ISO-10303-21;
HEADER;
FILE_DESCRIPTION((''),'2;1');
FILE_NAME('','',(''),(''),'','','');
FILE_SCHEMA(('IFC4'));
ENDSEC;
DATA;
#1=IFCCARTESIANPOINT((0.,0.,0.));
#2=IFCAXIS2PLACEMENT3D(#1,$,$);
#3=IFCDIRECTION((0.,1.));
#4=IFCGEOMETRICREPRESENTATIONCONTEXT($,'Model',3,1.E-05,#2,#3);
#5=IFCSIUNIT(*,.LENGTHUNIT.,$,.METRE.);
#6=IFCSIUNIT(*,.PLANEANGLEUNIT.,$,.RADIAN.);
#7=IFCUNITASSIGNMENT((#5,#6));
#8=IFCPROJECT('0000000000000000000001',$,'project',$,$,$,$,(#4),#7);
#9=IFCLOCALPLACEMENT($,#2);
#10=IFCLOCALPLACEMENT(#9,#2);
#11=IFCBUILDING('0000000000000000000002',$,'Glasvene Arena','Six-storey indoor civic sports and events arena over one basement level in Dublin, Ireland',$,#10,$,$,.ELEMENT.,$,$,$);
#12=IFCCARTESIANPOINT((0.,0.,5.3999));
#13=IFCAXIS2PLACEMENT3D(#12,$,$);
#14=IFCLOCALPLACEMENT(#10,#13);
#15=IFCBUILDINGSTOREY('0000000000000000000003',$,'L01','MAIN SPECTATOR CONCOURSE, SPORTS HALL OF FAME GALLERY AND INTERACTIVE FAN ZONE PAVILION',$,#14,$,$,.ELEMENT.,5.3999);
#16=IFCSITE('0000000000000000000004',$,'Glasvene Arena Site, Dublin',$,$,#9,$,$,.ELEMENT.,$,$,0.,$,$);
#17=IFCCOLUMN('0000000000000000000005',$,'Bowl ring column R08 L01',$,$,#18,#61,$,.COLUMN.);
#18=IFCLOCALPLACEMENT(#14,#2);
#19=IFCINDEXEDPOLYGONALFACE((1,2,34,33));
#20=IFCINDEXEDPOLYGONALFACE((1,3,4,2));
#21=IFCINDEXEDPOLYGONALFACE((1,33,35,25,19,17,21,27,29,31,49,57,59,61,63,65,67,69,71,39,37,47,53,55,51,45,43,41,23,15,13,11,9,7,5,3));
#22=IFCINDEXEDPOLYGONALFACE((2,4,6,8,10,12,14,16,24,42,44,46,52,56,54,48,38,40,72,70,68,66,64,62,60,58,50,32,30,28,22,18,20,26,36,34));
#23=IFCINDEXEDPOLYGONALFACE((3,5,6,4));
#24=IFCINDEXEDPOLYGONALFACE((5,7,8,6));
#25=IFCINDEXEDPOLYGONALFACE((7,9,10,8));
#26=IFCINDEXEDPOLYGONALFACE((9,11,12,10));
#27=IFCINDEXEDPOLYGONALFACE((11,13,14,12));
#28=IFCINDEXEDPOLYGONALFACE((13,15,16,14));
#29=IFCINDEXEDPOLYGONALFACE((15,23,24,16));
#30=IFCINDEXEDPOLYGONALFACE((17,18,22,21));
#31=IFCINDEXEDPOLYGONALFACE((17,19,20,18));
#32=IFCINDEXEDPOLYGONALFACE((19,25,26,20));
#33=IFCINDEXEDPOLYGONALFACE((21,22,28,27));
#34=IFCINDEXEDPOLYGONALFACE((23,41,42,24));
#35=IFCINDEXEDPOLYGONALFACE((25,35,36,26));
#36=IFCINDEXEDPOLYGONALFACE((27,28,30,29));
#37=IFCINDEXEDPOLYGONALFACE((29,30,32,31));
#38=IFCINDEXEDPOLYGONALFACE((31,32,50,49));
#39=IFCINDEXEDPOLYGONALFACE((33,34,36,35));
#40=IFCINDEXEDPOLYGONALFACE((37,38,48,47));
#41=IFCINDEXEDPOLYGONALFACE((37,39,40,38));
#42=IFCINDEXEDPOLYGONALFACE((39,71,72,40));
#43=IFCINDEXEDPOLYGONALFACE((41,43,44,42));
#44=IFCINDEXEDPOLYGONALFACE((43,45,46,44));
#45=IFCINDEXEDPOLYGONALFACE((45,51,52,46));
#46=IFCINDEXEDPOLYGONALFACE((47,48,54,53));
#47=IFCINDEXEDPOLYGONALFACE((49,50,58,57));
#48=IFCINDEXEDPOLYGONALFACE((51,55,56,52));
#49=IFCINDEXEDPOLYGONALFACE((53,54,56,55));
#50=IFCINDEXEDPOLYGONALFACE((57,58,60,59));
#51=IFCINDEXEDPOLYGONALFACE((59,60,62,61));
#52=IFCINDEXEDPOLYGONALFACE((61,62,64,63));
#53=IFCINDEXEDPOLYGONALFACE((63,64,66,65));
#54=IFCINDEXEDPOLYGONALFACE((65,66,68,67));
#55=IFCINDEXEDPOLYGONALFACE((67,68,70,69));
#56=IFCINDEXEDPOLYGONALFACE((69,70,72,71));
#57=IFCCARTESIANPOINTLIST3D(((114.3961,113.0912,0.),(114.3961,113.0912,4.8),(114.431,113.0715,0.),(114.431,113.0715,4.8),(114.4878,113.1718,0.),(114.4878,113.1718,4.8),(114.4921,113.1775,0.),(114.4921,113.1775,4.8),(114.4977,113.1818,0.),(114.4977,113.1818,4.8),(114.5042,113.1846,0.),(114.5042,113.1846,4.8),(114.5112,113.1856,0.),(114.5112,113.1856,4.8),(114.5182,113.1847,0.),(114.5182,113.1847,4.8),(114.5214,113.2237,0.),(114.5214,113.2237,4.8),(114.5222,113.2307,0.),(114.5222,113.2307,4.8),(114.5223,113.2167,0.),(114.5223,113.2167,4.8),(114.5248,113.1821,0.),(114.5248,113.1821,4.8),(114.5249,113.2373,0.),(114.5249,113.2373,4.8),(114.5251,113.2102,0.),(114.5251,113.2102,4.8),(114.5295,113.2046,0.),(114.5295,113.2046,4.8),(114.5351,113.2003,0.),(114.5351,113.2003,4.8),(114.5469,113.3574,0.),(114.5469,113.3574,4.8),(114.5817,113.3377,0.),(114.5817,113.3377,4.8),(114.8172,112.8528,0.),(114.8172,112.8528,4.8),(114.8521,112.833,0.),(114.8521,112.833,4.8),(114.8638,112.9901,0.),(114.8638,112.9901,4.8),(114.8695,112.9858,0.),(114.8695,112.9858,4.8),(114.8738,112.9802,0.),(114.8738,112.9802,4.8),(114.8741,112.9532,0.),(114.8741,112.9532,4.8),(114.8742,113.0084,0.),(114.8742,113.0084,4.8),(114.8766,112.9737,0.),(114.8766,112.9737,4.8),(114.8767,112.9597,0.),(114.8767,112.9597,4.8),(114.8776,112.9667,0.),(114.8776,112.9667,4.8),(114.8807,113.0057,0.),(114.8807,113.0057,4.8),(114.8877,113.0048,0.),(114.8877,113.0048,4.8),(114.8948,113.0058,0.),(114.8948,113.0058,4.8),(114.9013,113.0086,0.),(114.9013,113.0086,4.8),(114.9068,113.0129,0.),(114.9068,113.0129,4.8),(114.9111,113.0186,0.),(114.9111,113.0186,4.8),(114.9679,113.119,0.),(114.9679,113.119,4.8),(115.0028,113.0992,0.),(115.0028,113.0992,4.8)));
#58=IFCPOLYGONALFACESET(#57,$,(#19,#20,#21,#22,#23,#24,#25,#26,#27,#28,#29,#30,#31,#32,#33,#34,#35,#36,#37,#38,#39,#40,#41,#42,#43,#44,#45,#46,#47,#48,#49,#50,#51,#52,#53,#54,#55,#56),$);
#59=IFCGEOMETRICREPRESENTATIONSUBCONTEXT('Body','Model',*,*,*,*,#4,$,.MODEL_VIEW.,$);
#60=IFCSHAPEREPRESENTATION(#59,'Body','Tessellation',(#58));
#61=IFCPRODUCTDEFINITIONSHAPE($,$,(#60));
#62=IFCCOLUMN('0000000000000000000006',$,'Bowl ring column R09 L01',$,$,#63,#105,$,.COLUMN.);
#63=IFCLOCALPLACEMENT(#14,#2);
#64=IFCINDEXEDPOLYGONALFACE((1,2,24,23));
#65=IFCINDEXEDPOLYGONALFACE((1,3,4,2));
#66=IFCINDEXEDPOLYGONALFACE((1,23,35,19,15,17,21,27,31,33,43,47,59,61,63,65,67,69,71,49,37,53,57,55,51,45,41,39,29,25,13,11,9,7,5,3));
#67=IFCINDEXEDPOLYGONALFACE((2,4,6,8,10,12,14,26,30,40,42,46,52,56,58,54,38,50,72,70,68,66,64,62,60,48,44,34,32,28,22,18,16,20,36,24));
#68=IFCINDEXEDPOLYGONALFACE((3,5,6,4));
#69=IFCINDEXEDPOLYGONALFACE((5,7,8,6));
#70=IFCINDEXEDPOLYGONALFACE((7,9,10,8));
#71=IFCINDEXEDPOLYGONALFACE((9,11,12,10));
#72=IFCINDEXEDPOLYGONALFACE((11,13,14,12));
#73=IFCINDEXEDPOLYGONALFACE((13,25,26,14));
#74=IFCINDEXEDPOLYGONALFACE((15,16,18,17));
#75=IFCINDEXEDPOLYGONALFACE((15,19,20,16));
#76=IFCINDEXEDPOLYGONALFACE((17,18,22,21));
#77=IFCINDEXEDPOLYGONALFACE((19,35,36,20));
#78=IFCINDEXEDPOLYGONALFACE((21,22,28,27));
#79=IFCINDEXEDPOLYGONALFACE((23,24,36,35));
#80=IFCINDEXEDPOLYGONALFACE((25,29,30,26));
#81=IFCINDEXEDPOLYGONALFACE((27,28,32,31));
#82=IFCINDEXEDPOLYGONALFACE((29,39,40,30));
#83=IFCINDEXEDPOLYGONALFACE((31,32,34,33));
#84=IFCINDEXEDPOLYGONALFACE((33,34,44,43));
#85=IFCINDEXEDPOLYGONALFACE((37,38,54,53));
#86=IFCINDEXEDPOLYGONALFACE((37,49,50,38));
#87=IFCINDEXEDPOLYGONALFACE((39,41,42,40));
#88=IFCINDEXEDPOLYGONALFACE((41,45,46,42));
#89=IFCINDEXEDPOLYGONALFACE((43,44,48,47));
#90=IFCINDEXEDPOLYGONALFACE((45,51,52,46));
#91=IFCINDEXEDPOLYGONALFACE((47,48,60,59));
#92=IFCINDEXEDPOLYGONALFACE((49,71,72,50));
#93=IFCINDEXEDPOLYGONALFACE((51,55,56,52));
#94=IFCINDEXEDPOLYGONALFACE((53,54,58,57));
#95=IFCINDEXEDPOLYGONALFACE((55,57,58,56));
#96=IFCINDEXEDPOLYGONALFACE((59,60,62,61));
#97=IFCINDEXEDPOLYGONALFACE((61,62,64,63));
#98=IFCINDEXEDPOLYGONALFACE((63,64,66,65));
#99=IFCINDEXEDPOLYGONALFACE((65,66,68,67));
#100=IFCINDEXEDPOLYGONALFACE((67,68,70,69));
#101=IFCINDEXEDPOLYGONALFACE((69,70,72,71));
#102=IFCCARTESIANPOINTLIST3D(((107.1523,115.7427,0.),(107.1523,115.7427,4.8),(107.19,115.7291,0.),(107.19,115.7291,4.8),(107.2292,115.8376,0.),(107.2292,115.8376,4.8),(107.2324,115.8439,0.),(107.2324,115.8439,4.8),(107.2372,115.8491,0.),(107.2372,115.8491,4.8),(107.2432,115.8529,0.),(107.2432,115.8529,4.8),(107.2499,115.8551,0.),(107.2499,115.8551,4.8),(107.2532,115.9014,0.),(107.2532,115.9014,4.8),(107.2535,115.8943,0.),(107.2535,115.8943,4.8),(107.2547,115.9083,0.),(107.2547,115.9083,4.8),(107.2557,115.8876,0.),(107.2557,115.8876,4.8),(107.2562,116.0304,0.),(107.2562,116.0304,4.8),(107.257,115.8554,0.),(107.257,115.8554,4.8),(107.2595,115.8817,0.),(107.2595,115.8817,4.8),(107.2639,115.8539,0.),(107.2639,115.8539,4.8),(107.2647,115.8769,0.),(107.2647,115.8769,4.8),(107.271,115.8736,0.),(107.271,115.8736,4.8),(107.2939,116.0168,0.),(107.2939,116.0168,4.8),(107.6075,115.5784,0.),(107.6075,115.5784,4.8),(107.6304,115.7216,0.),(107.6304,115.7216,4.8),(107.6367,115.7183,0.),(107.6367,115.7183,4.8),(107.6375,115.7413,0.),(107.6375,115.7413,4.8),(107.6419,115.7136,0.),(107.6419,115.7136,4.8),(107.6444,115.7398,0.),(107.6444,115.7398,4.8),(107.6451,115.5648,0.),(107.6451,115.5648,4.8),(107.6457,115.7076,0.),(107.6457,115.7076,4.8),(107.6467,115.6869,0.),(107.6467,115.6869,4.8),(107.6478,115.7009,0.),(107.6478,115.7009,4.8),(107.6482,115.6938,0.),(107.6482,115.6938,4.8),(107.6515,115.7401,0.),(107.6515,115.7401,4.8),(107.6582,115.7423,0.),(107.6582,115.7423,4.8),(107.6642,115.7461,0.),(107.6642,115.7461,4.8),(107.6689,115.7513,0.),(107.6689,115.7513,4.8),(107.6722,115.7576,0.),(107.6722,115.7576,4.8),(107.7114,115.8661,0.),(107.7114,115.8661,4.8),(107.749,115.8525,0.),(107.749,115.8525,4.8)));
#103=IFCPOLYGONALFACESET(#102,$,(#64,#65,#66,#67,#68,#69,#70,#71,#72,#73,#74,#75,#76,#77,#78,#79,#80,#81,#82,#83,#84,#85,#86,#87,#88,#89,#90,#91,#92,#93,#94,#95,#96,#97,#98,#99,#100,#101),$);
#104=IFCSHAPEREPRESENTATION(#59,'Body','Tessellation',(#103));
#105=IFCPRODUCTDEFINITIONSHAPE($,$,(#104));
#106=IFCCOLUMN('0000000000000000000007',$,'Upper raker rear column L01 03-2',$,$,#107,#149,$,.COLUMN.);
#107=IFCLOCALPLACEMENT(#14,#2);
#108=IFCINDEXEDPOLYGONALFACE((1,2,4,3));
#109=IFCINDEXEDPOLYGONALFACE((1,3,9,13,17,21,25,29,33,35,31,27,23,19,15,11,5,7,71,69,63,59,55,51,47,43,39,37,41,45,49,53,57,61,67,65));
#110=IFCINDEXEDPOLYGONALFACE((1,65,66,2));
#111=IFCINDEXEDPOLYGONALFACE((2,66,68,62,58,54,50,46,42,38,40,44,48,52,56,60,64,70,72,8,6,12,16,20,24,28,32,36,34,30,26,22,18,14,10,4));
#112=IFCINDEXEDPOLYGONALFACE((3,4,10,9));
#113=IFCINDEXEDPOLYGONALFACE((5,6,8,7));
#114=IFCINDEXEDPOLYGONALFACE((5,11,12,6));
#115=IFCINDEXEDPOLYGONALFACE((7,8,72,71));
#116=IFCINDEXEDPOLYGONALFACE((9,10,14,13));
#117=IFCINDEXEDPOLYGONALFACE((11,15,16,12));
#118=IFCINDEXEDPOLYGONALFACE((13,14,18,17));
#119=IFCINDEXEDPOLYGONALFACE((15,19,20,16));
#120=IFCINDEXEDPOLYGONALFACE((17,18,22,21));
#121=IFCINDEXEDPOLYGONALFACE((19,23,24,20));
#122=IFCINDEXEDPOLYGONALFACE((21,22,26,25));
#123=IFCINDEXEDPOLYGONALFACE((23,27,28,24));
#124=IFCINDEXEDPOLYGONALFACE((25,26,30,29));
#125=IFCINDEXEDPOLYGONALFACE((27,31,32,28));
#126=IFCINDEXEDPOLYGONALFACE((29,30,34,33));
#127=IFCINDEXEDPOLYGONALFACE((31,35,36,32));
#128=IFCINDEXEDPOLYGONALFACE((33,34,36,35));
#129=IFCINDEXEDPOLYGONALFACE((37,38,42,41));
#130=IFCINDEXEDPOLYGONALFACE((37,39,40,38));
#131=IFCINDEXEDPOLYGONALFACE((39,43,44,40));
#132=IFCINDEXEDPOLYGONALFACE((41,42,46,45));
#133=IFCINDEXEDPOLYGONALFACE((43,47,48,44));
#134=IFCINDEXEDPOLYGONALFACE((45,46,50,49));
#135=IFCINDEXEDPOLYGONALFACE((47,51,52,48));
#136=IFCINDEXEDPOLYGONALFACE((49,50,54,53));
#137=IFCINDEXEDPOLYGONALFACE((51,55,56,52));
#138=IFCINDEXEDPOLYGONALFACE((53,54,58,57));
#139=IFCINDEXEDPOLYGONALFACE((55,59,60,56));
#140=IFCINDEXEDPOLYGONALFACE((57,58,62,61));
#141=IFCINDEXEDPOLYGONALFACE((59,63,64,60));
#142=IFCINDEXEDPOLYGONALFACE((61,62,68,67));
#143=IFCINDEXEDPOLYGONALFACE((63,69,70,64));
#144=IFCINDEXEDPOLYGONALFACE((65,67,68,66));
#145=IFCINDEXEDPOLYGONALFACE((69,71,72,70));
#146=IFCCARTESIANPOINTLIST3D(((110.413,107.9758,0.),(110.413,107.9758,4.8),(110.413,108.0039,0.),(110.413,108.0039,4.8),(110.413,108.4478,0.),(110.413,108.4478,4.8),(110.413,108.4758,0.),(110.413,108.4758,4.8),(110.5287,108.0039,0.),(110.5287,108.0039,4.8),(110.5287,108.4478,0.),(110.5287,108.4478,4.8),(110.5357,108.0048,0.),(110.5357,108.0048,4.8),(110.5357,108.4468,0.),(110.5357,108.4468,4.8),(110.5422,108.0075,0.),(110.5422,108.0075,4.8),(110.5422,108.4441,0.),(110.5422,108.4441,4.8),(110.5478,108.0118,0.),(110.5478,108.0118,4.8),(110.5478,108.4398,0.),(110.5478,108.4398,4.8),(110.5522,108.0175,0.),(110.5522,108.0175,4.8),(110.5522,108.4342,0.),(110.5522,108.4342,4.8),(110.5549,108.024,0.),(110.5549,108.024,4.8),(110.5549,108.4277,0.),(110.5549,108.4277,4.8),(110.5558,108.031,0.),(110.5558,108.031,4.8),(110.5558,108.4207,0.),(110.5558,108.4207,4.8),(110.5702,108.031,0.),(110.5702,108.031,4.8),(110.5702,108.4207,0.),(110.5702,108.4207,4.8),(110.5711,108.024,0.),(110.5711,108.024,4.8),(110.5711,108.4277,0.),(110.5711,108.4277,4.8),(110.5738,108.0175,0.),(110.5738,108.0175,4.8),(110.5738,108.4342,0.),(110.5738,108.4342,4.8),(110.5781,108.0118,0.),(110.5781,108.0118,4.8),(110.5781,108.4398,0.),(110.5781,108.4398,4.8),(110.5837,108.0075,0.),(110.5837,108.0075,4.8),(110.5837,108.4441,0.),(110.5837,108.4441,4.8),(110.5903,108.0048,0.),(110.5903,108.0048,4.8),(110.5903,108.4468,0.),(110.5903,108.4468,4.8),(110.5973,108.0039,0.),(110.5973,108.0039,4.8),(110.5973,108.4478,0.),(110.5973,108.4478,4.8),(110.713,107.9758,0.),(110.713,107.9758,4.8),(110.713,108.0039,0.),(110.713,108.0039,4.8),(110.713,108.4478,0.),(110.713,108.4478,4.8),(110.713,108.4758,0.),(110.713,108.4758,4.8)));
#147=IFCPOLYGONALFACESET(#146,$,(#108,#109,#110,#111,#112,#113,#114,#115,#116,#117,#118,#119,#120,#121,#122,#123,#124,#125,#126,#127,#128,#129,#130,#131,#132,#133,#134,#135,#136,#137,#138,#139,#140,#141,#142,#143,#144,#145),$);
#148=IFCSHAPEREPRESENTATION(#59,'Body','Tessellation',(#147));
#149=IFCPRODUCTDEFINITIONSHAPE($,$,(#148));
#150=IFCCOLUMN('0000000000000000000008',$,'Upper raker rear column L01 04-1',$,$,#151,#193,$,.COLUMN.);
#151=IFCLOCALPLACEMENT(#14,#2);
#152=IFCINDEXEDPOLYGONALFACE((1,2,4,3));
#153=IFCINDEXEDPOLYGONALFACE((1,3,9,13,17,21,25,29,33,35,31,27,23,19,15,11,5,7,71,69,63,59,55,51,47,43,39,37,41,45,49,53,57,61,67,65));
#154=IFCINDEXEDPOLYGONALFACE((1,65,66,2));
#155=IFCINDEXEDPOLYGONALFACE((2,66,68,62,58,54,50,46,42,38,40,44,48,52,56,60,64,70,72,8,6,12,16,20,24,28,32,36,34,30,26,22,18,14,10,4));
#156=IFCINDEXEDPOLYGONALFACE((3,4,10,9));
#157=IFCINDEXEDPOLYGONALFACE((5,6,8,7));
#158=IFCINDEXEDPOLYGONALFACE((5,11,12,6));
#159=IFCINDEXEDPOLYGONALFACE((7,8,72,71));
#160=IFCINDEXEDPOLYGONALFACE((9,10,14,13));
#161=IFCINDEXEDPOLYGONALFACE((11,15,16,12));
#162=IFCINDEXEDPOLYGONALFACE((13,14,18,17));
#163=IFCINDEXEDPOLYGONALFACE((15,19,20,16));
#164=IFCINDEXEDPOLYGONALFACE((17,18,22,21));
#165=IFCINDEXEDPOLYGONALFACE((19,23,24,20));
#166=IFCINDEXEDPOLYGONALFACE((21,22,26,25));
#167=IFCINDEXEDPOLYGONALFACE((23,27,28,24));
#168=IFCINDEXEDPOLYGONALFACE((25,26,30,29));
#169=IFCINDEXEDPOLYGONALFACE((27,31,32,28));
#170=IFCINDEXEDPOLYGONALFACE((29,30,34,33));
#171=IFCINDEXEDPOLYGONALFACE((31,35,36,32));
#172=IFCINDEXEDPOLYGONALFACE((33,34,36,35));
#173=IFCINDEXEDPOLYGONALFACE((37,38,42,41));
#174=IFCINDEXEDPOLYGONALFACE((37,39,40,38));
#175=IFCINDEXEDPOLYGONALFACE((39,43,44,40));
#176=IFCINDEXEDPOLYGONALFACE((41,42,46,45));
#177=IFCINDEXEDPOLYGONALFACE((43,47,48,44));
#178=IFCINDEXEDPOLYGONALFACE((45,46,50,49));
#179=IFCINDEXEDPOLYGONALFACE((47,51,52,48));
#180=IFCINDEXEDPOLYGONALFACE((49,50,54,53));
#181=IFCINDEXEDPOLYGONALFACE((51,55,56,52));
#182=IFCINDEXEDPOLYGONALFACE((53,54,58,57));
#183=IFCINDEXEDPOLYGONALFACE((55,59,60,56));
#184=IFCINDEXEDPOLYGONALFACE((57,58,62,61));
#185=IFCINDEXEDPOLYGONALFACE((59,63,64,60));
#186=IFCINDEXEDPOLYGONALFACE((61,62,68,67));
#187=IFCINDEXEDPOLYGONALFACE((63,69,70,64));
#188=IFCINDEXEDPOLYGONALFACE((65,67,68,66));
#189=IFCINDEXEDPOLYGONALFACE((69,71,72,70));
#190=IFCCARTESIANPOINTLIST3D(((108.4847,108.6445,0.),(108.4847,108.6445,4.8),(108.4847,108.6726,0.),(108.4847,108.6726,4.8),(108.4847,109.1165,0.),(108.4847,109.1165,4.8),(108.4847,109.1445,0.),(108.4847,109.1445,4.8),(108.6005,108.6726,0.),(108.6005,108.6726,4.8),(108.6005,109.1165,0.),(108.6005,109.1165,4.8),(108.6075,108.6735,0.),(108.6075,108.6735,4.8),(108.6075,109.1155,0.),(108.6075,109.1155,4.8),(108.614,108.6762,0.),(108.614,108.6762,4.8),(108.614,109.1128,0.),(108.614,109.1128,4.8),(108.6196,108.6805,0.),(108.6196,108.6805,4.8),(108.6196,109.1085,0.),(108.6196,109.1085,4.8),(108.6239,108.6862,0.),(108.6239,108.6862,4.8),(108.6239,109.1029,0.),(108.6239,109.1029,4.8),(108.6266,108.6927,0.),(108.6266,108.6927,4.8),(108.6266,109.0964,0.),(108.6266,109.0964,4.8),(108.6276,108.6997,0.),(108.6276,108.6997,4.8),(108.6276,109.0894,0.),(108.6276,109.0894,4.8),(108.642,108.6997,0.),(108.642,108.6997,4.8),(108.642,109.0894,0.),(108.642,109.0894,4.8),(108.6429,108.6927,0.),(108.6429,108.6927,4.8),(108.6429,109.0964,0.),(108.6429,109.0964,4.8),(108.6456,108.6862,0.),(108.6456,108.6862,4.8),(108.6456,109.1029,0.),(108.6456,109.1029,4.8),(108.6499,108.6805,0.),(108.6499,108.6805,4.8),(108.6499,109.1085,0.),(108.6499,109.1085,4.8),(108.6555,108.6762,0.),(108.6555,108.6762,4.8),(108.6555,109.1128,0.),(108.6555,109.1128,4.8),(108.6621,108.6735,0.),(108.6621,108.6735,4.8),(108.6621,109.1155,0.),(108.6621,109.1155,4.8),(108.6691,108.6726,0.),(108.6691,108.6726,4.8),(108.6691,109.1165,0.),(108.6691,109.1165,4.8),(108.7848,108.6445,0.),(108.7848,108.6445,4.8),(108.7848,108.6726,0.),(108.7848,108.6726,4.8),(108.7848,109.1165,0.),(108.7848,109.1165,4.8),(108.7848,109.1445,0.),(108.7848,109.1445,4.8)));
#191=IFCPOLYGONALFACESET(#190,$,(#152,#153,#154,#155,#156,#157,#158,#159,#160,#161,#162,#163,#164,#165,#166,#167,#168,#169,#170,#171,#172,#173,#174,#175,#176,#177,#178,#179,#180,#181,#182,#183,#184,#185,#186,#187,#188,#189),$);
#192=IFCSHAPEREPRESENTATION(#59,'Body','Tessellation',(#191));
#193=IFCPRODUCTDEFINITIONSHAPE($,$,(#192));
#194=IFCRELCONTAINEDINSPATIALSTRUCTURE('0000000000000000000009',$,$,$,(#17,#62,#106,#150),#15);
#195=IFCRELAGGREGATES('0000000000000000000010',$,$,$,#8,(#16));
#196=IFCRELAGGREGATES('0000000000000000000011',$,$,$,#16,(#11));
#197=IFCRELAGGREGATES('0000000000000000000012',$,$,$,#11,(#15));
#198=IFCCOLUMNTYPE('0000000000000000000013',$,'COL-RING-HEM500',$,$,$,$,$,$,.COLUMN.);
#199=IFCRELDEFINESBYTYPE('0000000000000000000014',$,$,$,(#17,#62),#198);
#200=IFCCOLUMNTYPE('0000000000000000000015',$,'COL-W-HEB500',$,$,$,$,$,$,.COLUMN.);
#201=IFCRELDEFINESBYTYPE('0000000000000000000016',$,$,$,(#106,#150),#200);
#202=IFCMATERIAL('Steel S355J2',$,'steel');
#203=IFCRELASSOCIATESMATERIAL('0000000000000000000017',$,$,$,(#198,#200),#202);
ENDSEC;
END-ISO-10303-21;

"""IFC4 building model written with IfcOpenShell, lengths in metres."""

from ifc_helpers import new_model, si_unit, direction, frame, origin, origin_2d, place, context, subcontext, project, spatial, i_section, extrude, material, material_profile, profile_set, type_object, element, save


model = new_model("IFC4")

# Units and contexts
model_context = context("Model", 3, precision=1e-05, world=origin(), true_north=direction((0.0, 1.0)))
body_context = subcontext(model_context, "Body", "Model", "MODEL_VIEW")
ifc_project = project(units=[si_unit("LENGTHUNIT", "METRE"), si_unit("PLANEANGLEUNIT", "RADIAN")], contexts=[model_context])

# Site, building, storey
site_placement = place(None, origin())
site = spatial("IfcSite", under=ifc_project, at=site_placement, Name="Glasvene Arena Site, Dublin", CompositionType="ELEMENT", RefElevation=0.0)
building_placement = place(site_placement, origin())
building = spatial("IfcBuilding", under=site, at=building_placement, Name="Glasvene Arena", Description="Six-storey indoor civic sports and events arena over one basement level in Dublin, Ireland", CompositionType="ELEMENT")
storey_placement = place(building_placement, frame((0.0, 0.0, 5.3999)))
storey = spatial("IfcBuildingStorey", under=building, at=storey_placement, Name="L01", Description="MAIN SPECTATOR CONCOURSE, SPORTS HALL OF FAME GALLERY AND INTERACTIVE FAN ZONE PAVILION", CompositionType="ELEMENT", Elevation=5.3999)

# Columns
ifc_material_1 = material(Name="Steel S355J2", Category="steel")
ifc_material_profile_1 = material_profile(ifc_material_1, i_section(OverallWidth=0.3059, OverallDepth=0.5239, WebThickness=0.021, FlangeThickness=0.04, FilletRadius=0.0271, at=origin_2d()), Name="HEM 500")
ifc_profile_set_1 = profile_set([ifc_material_profile_1], Name="Steel S355J2")
column_type_1 = type_object("IfcColumnType", Name="COL-RING-HEM500", PredefinedType="COLUMN", material=ifc_profile_set_1)
for number, where, z_axis, x_axis, name in (
    (1, (114.6995, 113.0952, 0.0), (0.0, 0.0, 1.0), (0.492727, 0.870184, 0.0), "Bowl ring column R08 L01"),
    (2, (107.4507, 115.7976, 0.0), (0.0, 0.0, 1.0), (0.339559, 0.940585, 0.0), "Bowl ring column R09 L01"),
):
    element("IfcColumn", number, at=place(storey_placement, frame(where, z_axis=z_axis, x_axis=x_axis)), inside=storey, type_object=column_type_1, Name=name, PredefinedType="COLUMN", context=body_context, shape_type="SweptSolid", body=[
        extrude(i_section(OverallWidth=0.3059, OverallDepth=0.5239, WebThickness=0.021, FlangeThickness=0.04, FilletRadius=0.0271, at=origin_2d()), origin(), (0.0, 0.0, 1.0), 4.8),
    ])
ifc_material_profile_2 = material_profile(ifc_material_1, i_section(OverallWidth=0.3, OverallDepth=0.5, WebThickness=0.0144, FlangeThickness=0.0281, FilletRadius=0.0271, at=origin_2d()), Name="HEB 500")
ifc_profile_set_2 = profile_set([ifc_material_profile_2], Name="Steel S355J2")
column_type_2 = type_object("IfcColumnType", Name="COL-W-HEB500", PredefinedType="COLUMN", material=ifc_profile_set_2)
for number, where, z_axis, x_axis, name in (
    (3, (110.563, 108.2258, 0.0), (0.0, 0.0, 1.0), (1.0, 0.0, 0.0), "Upper raker rear column L01 03-2"),
    (4, (108.6348, 108.8945, 0.0), (0.0, 0.0, 1.0), (1.0, 0.0, 0.0), "Upper raker rear column L01 04-1"),
):
    element("IfcColumn", number, at=place(storey_placement, frame(where, z_axis=z_axis, x_axis=x_axis)), inside=storey, type_object=column_type_2, Name=name, PredefinedType="COLUMN", context=body_context, shape_type="SweptSolid", body=[
        extrude(i_section(OverallWidth=0.3, OverallDepth=0.5, WebThickness=0.0144, FlangeThickness=0.0281, FilletRadius=0.0271, at=origin_2d()), origin(), (0.0, 0.0, 1.0), 4.8),
    ])

save(model, "model.ifc")
